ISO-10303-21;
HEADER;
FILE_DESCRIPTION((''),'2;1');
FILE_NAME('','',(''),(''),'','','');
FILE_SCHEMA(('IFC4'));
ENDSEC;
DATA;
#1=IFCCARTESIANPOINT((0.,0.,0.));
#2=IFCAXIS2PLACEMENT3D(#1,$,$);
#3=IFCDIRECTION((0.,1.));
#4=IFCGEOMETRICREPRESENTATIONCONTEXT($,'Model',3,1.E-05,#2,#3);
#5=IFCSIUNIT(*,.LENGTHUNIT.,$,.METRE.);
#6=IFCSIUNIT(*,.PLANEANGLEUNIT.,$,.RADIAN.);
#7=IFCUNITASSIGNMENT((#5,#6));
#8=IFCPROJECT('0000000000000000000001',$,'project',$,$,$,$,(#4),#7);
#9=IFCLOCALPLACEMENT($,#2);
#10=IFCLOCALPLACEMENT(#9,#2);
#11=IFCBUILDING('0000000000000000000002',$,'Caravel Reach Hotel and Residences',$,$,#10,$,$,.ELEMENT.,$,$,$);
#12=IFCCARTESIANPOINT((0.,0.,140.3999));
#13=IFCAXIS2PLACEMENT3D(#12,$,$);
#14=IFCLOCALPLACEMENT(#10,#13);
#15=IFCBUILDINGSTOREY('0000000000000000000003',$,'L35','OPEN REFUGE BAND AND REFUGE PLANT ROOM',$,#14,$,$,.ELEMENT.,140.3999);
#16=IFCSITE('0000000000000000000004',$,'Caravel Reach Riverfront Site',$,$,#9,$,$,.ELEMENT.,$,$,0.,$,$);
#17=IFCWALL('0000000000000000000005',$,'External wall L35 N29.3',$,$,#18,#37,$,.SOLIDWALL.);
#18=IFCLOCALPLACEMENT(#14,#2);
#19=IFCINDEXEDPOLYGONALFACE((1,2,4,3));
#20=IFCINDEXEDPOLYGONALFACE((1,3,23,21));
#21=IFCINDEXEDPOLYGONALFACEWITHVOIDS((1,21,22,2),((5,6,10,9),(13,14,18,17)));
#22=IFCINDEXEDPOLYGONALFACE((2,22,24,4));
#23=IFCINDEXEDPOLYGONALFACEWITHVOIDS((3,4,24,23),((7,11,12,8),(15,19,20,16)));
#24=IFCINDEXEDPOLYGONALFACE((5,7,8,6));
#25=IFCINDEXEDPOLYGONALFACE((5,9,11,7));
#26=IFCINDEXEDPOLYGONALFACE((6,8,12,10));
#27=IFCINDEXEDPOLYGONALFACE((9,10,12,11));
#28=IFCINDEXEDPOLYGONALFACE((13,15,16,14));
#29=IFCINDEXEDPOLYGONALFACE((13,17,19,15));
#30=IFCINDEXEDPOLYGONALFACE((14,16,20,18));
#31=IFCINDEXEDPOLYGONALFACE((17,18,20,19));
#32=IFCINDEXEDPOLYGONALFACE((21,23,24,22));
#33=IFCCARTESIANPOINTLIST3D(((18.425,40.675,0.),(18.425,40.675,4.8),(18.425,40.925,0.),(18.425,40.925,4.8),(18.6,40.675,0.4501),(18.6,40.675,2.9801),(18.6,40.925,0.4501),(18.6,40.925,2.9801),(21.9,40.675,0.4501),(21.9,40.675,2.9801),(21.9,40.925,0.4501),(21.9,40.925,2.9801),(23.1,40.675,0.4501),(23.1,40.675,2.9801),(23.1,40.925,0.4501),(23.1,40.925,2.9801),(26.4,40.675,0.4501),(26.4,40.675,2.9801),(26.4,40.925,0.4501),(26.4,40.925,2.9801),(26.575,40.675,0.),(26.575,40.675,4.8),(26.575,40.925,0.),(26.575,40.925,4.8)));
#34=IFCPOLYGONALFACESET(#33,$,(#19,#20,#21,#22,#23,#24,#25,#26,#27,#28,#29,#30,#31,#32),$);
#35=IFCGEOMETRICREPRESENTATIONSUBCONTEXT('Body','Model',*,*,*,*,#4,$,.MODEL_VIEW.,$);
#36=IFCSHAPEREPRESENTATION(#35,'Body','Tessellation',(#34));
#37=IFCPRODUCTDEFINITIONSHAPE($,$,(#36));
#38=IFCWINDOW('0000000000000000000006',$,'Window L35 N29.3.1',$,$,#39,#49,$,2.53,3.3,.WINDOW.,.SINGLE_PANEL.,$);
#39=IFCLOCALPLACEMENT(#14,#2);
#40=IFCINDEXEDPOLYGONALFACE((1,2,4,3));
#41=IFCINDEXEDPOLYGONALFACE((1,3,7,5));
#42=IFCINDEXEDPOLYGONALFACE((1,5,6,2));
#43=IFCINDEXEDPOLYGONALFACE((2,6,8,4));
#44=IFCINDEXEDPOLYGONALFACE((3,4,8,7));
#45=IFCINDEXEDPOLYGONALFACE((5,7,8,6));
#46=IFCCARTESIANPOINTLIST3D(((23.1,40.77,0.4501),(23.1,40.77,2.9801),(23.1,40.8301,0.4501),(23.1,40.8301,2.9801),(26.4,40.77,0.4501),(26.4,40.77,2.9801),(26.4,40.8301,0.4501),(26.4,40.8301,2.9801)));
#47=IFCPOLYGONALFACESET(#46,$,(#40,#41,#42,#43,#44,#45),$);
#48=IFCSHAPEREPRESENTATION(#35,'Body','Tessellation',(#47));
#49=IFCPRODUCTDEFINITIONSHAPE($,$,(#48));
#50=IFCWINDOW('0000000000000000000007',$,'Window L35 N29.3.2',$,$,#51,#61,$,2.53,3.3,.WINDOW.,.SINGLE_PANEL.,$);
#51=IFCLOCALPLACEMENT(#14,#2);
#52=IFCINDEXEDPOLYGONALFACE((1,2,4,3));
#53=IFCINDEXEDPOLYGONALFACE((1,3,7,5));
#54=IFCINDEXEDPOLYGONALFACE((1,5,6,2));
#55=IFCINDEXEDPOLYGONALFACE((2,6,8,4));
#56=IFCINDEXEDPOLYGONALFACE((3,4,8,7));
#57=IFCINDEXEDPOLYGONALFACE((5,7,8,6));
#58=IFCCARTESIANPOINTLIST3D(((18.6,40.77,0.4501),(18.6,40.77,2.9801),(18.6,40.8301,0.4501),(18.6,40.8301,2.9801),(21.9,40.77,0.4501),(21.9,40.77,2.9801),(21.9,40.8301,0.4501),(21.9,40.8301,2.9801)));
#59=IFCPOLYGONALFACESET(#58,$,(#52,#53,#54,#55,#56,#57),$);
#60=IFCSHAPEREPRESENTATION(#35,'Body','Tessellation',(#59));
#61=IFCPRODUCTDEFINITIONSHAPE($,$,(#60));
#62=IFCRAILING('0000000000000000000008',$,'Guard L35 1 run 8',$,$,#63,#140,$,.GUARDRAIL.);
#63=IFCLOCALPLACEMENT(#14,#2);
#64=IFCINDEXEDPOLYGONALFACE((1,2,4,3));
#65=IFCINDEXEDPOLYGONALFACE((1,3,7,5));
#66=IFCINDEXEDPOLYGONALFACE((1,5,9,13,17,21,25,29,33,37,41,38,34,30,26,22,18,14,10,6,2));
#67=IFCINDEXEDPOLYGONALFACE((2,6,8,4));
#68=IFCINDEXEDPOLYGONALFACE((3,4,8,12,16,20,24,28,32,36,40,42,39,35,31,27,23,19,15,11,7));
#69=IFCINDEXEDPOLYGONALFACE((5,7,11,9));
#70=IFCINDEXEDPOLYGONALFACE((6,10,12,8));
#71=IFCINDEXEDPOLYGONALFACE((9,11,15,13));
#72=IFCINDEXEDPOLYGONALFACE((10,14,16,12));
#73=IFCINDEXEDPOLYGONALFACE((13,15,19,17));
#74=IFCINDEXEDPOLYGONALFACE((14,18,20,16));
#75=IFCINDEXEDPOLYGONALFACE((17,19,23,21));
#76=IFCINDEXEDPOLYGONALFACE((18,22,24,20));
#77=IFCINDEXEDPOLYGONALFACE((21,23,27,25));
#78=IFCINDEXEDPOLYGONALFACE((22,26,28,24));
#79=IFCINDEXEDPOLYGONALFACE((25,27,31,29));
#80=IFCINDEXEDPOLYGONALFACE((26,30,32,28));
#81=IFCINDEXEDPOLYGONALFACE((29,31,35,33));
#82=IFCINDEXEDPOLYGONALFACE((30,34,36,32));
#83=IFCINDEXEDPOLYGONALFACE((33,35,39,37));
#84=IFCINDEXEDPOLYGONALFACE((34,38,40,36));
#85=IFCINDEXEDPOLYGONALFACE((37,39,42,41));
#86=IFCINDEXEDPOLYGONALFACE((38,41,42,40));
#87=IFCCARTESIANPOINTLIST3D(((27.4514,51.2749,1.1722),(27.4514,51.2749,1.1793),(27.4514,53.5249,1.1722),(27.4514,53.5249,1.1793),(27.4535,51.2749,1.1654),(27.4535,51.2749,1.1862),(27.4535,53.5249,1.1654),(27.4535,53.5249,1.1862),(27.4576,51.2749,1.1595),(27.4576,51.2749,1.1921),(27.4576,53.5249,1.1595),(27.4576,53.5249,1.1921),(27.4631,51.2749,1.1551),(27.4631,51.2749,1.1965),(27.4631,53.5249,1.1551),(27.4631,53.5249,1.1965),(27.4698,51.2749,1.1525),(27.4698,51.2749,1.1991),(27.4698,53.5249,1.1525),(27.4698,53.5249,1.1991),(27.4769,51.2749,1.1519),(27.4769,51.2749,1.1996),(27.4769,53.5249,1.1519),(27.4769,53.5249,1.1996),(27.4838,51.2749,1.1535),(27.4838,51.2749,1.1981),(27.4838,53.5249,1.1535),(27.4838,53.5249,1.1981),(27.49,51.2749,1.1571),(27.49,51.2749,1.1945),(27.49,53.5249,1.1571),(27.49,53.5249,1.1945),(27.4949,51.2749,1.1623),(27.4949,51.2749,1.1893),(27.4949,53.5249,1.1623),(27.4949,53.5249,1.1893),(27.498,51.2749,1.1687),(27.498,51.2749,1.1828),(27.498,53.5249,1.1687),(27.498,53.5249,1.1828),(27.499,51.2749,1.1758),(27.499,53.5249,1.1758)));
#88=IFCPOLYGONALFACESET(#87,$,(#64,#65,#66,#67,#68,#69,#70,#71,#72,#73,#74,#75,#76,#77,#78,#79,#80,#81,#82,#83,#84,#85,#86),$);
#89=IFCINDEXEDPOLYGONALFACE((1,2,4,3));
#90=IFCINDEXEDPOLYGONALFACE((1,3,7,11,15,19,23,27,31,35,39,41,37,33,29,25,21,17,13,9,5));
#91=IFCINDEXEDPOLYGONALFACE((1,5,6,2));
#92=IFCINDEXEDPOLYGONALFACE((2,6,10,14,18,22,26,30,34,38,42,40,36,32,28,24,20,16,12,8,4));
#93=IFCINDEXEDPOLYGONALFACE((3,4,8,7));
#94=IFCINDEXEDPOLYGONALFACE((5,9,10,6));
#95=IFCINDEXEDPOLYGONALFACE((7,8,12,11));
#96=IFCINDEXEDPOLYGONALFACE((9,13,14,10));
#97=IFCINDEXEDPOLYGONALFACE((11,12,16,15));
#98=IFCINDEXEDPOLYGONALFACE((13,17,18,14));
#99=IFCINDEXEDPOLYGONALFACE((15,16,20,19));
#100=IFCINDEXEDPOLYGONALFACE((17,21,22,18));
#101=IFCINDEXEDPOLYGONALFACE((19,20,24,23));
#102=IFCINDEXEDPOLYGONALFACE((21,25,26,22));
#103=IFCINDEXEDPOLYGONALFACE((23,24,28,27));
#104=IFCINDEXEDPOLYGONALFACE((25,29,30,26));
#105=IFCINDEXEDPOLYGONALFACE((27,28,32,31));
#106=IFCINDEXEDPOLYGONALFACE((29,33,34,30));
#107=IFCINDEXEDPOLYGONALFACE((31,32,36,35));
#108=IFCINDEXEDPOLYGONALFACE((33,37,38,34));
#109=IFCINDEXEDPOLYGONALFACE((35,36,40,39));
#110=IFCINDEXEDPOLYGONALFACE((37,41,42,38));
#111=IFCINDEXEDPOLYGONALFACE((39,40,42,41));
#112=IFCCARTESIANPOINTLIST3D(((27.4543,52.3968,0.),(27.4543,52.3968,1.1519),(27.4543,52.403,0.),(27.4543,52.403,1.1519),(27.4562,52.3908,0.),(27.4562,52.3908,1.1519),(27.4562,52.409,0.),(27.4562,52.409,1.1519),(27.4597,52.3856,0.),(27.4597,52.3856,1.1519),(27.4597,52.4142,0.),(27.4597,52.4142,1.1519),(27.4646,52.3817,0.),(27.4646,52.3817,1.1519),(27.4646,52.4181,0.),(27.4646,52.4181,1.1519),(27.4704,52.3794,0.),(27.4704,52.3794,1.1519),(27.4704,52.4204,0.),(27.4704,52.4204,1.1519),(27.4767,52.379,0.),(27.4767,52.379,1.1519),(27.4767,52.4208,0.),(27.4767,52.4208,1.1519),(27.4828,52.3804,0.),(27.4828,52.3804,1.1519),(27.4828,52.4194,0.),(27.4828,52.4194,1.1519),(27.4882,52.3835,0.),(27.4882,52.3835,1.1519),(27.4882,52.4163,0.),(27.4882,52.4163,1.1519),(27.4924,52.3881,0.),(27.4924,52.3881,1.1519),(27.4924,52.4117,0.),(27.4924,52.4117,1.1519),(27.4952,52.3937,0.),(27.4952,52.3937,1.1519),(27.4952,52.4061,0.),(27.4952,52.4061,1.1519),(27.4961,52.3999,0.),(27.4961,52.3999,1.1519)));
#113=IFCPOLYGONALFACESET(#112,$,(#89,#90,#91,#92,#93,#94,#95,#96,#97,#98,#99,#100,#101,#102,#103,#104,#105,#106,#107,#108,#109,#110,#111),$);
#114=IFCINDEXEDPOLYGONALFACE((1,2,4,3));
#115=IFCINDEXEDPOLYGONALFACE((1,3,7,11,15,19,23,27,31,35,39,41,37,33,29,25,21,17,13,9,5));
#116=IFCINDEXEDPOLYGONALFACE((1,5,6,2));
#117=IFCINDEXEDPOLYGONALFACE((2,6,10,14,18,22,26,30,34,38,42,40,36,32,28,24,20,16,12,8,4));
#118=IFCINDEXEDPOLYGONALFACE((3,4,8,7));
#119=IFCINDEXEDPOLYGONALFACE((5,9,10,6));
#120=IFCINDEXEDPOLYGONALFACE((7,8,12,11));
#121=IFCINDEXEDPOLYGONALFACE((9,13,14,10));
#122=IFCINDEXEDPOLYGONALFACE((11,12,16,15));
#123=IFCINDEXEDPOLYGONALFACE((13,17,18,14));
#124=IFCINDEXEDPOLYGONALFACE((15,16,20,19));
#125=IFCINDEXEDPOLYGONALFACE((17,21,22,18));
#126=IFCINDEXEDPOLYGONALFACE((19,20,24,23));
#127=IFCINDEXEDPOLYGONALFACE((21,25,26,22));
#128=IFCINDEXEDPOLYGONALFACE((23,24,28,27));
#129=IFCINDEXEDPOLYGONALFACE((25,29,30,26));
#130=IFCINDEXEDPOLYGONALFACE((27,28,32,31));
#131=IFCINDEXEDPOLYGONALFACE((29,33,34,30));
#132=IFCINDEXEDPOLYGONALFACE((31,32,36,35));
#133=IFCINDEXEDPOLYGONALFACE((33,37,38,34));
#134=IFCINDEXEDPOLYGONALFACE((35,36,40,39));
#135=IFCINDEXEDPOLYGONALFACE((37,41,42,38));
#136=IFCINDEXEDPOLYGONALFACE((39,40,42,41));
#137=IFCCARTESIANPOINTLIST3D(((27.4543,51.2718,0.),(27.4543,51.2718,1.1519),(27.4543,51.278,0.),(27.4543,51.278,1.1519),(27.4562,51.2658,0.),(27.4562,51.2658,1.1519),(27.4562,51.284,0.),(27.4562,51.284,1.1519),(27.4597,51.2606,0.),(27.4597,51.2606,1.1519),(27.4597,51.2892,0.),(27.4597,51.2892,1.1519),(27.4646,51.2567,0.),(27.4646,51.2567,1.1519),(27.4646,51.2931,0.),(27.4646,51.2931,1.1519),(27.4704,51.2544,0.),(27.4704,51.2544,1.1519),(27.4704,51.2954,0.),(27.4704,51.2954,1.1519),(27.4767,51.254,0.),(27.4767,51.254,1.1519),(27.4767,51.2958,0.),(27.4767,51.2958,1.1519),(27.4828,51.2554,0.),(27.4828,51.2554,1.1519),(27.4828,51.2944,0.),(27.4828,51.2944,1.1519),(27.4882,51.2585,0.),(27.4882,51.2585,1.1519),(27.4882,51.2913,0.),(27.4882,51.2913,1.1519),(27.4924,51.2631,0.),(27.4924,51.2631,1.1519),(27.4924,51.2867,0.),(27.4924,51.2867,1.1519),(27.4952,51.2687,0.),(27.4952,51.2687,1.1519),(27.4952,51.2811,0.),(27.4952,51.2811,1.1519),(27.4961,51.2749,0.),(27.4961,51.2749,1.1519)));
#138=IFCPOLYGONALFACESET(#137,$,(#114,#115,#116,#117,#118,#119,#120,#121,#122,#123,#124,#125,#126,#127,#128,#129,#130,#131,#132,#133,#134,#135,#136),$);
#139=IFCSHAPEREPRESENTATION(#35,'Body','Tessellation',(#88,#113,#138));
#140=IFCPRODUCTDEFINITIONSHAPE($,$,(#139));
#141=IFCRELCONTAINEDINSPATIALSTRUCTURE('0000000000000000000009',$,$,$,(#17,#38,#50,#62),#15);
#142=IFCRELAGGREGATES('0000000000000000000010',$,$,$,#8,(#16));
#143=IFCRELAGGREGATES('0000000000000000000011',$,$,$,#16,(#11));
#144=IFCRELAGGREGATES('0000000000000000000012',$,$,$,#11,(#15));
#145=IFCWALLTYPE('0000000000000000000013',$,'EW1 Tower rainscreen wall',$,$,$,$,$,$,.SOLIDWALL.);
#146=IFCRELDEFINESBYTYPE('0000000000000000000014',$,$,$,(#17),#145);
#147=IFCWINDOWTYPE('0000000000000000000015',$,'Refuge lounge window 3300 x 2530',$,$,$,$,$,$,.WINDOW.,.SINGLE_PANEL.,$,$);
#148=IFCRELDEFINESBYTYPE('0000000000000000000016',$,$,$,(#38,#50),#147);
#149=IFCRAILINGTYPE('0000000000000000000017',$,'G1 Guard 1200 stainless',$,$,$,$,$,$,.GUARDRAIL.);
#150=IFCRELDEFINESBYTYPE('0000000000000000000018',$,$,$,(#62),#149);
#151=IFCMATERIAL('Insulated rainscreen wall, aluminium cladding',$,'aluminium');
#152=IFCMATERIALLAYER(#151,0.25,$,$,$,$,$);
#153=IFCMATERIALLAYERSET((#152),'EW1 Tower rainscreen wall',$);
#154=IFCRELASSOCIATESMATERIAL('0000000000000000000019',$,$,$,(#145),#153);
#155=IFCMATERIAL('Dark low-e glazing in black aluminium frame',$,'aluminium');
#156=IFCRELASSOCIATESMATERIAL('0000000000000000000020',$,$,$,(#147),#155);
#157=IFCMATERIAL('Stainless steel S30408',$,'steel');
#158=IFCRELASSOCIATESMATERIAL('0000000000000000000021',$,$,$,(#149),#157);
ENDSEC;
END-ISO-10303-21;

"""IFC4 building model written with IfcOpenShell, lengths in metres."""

from ifc_helpers import new_model, si_unit, direction, frame, frame_2d, origin, origin_2d, place, context, subcontext, project, spatial, rectangle, circle, extrude, material, layer, layer_set, type_object, element, fill, save


model = new_model("IFC4")

# Units and contexts
model_context = context("Model", 3, precision=1e-05, world=origin(), true_north=direction((0.0, 1.0)))
body_context = subcontext(model_context, "Body", "Model", "MODEL_VIEW")
ifc_project = project(units=[si_unit("LENGTHUNIT", "METRE"), si_unit("PLANEANGLEUNIT", "RADIAN")], contexts=[model_context])

# Site, building, storey
site_placement = place(None, origin())
site = spatial("IfcSite", under=ifc_project, at=site_placement, Name="Caravel Reach Riverfront Site", CompositionType="ELEMENT", RefElevation=0.0)
building_placement = place(site_placement, origin())
building = spatial("IfcBuilding", under=site, at=building_placement, Name="Caravel Reach Hotel and Residences", CompositionType="ELEMENT")
storey_placement = place(building_placement, frame((0.0, 0.0, 140.3999)))
storey = spatial("IfcBuildingStorey", under=building, at=storey_placement, Name="L35", Description="OPEN REFUGE BAND AND REFUGE PLANT ROOM", CompositionType="ELEMENT", Elevation=140.3999)

# Wall, openings, windows
ifc_material_1 = material(Name="Insulated rainscreen wall, aluminium cladding", Category="aluminium")
ifc_layer_1 = layer(ifc_material_1, 0.25)
ifc_layer_set_1 = layer_set([ifc_layer_1], Name="EW1 Tower rainscreen wall")
wall_type_1 = type_object("IfcWallType", Name="EW1 Tower rainscreen wall", PredefinedType="SOLIDWALL", material=ifc_layer_set_1)
wall_1_placement = place(storey_placement, frame((26.575, 40.8, 0.0), z_axis=(0.0, 0.0, 1.0), x_axis=(-1.0, 0.0, 0.0)))
wall_1 = element("IfcWall", 1, at=wall_1_placement, inside=storey, type_object=wall_type_1, Name="External wall L35 N29.3", PredefinedType="SOLIDWALL", context=body_context, shape_type="SweptSolid", body=[
    extrude(rectangle(XDim=8.1499, YDim=0.25, at=frame_2d((4.075, 0.0))), origin(), (0.0, 0.0, 1.0), 4.8),
])
opening_1_placement = place(wall_1_placement, frame((0.175, 0.0, 0.45)))
opening_1 = element("IfcOpeningElement", 2, at=opening_1_placement, cuts=wall_1, PredefinedType="OPENING", context=body_context, shape_type="SweptSolid", body=[
    extrude(rectangle(XDim=3.3, YDim=2.53, at=frame_2d((1.6499, 1.2651))), frame((0.0, 0.135, 0.0), z_axis=(0.0, -1.0, 0.0), x_axis=(1.0, 0.0, 0.0)), (0.0, 0.0, 1.0), 0.27),
])
opening_2_placement = place(wall_1_placement, frame((4.675, 0.0, 0.45)))
opening_2 = element("IfcOpeningElement", 3, at=opening_2_placement, cuts=wall_1, PredefinedType="OPENING", context=body_context, shape_type="SweptSolid", body=[
    extrude(rectangle(XDim=3.3, YDim=2.53, at=frame_2d((1.6499, 1.2651))), frame((0.0, 0.135, 0.0), z_axis=(0.0, -1.0, 0.0), x_axis=(1.0, 0.0, 0.0)), (0.0, 0.0, 1.0), 0.27),
])
ifc_material_2 = material(Name="Dark low-e glazing in black aluminium frame", Category="aluminium")
window_type = type_object("IfcWindowType", Name="Refuge lounge window 3300 x 2530", PartitioningType="SINGLE_PANEL", PredefinedType="WINDOW", material=ifc_material_2)
window_1_placement = place(opening_1_placement, origin())
window_1 = element("IfcWindow", 4, at=window_1_placement, inside=storey, type_object=window_type, Name="Window L35 N29.3.1", OverallHeight=2.53, OverallWidth=3.3, PartitioningType="SINGLE_PANEL", PredefinedType="WINDOW", context=body_context, shape_type="SweptSolid", body=[
    extrude(rectangle(XDim=3.3, YDim=2.53, at=frame_2d((1.6499, 1.2651))), frame((0.0, 0.03, 0.0), z_axis=(0.0, -1.0, 0.0), x_axis=(1.0, 0.0, 0.0)), (0.0, 0.0, 1.0), 0.0601),
])
fill(opening_1, window_1)
window_2_placement = place(opening_2_placement, origin())
window_2 = element("IfcWindow", 5, at=window_2_placement, inside=storey, type_object=window_type, Name="Window L35 N29.3.2", OverallHeight=2.53, OverallWidth=3.3, PartitioningType="SINGLE_PANEL", PredefinedType="WINDOW", context=body_context, shape_type="SweptSolid", body=[
    extrude(rectangle(XDim=3.3, YDim=2.53, at=frame_2d((1.6499, 1.2651))), frame((0.0, 0.03, 0.0), z_axis=(0.0, -1.0, 0.0), x_axis=(1.0, 0.0, 0.0)), (0.0, 0.0, 1.0), 0.0601),
])
fill(opening_2, window_2)

# Railing
ifc_material_3 = material(Name="Stainless steel S30408", Category="steel")
railing_type = type_object("IfcRailingType", Name="G1 Guard 1200 stainless", PredefinedType="GUARDRAIL", material=ifc_material_3)
railing_1_placement = place(storey_placement, frame((27.4751, 53.5249, 0.0)))
element("IfcRailing", 6, at=railing_1_placement, inside=storey, type_object=railing_type, Name="Guard L35 1 run 8", PredefinedType="GUARDRAIL", context=body_context, shape_type="SweptSolid", body=[
    extrude(circle(Radius=0.0239, at=origin_2d()), frame((0.0, 0.0, 1.1758), z_axis=(0.0, -1.0, 0.0), x_axis=(1.0, 0.0, 0.0)), (0.0, 0.0, 1.0), 2.25),
    extrude(circle(Radius=0.021, at=origin_2d()), frame((0.0, -1.125, 0.0)), (0.0, 0.0, 1.0), 1.1519),
    extrude(circle(Radius=0.021, at=origin_2d()), frame((0.0, -2.25, 0.0)), (0.0, 0.0, 1.0), 1.1519),
])

save(model, "model.ifc")
